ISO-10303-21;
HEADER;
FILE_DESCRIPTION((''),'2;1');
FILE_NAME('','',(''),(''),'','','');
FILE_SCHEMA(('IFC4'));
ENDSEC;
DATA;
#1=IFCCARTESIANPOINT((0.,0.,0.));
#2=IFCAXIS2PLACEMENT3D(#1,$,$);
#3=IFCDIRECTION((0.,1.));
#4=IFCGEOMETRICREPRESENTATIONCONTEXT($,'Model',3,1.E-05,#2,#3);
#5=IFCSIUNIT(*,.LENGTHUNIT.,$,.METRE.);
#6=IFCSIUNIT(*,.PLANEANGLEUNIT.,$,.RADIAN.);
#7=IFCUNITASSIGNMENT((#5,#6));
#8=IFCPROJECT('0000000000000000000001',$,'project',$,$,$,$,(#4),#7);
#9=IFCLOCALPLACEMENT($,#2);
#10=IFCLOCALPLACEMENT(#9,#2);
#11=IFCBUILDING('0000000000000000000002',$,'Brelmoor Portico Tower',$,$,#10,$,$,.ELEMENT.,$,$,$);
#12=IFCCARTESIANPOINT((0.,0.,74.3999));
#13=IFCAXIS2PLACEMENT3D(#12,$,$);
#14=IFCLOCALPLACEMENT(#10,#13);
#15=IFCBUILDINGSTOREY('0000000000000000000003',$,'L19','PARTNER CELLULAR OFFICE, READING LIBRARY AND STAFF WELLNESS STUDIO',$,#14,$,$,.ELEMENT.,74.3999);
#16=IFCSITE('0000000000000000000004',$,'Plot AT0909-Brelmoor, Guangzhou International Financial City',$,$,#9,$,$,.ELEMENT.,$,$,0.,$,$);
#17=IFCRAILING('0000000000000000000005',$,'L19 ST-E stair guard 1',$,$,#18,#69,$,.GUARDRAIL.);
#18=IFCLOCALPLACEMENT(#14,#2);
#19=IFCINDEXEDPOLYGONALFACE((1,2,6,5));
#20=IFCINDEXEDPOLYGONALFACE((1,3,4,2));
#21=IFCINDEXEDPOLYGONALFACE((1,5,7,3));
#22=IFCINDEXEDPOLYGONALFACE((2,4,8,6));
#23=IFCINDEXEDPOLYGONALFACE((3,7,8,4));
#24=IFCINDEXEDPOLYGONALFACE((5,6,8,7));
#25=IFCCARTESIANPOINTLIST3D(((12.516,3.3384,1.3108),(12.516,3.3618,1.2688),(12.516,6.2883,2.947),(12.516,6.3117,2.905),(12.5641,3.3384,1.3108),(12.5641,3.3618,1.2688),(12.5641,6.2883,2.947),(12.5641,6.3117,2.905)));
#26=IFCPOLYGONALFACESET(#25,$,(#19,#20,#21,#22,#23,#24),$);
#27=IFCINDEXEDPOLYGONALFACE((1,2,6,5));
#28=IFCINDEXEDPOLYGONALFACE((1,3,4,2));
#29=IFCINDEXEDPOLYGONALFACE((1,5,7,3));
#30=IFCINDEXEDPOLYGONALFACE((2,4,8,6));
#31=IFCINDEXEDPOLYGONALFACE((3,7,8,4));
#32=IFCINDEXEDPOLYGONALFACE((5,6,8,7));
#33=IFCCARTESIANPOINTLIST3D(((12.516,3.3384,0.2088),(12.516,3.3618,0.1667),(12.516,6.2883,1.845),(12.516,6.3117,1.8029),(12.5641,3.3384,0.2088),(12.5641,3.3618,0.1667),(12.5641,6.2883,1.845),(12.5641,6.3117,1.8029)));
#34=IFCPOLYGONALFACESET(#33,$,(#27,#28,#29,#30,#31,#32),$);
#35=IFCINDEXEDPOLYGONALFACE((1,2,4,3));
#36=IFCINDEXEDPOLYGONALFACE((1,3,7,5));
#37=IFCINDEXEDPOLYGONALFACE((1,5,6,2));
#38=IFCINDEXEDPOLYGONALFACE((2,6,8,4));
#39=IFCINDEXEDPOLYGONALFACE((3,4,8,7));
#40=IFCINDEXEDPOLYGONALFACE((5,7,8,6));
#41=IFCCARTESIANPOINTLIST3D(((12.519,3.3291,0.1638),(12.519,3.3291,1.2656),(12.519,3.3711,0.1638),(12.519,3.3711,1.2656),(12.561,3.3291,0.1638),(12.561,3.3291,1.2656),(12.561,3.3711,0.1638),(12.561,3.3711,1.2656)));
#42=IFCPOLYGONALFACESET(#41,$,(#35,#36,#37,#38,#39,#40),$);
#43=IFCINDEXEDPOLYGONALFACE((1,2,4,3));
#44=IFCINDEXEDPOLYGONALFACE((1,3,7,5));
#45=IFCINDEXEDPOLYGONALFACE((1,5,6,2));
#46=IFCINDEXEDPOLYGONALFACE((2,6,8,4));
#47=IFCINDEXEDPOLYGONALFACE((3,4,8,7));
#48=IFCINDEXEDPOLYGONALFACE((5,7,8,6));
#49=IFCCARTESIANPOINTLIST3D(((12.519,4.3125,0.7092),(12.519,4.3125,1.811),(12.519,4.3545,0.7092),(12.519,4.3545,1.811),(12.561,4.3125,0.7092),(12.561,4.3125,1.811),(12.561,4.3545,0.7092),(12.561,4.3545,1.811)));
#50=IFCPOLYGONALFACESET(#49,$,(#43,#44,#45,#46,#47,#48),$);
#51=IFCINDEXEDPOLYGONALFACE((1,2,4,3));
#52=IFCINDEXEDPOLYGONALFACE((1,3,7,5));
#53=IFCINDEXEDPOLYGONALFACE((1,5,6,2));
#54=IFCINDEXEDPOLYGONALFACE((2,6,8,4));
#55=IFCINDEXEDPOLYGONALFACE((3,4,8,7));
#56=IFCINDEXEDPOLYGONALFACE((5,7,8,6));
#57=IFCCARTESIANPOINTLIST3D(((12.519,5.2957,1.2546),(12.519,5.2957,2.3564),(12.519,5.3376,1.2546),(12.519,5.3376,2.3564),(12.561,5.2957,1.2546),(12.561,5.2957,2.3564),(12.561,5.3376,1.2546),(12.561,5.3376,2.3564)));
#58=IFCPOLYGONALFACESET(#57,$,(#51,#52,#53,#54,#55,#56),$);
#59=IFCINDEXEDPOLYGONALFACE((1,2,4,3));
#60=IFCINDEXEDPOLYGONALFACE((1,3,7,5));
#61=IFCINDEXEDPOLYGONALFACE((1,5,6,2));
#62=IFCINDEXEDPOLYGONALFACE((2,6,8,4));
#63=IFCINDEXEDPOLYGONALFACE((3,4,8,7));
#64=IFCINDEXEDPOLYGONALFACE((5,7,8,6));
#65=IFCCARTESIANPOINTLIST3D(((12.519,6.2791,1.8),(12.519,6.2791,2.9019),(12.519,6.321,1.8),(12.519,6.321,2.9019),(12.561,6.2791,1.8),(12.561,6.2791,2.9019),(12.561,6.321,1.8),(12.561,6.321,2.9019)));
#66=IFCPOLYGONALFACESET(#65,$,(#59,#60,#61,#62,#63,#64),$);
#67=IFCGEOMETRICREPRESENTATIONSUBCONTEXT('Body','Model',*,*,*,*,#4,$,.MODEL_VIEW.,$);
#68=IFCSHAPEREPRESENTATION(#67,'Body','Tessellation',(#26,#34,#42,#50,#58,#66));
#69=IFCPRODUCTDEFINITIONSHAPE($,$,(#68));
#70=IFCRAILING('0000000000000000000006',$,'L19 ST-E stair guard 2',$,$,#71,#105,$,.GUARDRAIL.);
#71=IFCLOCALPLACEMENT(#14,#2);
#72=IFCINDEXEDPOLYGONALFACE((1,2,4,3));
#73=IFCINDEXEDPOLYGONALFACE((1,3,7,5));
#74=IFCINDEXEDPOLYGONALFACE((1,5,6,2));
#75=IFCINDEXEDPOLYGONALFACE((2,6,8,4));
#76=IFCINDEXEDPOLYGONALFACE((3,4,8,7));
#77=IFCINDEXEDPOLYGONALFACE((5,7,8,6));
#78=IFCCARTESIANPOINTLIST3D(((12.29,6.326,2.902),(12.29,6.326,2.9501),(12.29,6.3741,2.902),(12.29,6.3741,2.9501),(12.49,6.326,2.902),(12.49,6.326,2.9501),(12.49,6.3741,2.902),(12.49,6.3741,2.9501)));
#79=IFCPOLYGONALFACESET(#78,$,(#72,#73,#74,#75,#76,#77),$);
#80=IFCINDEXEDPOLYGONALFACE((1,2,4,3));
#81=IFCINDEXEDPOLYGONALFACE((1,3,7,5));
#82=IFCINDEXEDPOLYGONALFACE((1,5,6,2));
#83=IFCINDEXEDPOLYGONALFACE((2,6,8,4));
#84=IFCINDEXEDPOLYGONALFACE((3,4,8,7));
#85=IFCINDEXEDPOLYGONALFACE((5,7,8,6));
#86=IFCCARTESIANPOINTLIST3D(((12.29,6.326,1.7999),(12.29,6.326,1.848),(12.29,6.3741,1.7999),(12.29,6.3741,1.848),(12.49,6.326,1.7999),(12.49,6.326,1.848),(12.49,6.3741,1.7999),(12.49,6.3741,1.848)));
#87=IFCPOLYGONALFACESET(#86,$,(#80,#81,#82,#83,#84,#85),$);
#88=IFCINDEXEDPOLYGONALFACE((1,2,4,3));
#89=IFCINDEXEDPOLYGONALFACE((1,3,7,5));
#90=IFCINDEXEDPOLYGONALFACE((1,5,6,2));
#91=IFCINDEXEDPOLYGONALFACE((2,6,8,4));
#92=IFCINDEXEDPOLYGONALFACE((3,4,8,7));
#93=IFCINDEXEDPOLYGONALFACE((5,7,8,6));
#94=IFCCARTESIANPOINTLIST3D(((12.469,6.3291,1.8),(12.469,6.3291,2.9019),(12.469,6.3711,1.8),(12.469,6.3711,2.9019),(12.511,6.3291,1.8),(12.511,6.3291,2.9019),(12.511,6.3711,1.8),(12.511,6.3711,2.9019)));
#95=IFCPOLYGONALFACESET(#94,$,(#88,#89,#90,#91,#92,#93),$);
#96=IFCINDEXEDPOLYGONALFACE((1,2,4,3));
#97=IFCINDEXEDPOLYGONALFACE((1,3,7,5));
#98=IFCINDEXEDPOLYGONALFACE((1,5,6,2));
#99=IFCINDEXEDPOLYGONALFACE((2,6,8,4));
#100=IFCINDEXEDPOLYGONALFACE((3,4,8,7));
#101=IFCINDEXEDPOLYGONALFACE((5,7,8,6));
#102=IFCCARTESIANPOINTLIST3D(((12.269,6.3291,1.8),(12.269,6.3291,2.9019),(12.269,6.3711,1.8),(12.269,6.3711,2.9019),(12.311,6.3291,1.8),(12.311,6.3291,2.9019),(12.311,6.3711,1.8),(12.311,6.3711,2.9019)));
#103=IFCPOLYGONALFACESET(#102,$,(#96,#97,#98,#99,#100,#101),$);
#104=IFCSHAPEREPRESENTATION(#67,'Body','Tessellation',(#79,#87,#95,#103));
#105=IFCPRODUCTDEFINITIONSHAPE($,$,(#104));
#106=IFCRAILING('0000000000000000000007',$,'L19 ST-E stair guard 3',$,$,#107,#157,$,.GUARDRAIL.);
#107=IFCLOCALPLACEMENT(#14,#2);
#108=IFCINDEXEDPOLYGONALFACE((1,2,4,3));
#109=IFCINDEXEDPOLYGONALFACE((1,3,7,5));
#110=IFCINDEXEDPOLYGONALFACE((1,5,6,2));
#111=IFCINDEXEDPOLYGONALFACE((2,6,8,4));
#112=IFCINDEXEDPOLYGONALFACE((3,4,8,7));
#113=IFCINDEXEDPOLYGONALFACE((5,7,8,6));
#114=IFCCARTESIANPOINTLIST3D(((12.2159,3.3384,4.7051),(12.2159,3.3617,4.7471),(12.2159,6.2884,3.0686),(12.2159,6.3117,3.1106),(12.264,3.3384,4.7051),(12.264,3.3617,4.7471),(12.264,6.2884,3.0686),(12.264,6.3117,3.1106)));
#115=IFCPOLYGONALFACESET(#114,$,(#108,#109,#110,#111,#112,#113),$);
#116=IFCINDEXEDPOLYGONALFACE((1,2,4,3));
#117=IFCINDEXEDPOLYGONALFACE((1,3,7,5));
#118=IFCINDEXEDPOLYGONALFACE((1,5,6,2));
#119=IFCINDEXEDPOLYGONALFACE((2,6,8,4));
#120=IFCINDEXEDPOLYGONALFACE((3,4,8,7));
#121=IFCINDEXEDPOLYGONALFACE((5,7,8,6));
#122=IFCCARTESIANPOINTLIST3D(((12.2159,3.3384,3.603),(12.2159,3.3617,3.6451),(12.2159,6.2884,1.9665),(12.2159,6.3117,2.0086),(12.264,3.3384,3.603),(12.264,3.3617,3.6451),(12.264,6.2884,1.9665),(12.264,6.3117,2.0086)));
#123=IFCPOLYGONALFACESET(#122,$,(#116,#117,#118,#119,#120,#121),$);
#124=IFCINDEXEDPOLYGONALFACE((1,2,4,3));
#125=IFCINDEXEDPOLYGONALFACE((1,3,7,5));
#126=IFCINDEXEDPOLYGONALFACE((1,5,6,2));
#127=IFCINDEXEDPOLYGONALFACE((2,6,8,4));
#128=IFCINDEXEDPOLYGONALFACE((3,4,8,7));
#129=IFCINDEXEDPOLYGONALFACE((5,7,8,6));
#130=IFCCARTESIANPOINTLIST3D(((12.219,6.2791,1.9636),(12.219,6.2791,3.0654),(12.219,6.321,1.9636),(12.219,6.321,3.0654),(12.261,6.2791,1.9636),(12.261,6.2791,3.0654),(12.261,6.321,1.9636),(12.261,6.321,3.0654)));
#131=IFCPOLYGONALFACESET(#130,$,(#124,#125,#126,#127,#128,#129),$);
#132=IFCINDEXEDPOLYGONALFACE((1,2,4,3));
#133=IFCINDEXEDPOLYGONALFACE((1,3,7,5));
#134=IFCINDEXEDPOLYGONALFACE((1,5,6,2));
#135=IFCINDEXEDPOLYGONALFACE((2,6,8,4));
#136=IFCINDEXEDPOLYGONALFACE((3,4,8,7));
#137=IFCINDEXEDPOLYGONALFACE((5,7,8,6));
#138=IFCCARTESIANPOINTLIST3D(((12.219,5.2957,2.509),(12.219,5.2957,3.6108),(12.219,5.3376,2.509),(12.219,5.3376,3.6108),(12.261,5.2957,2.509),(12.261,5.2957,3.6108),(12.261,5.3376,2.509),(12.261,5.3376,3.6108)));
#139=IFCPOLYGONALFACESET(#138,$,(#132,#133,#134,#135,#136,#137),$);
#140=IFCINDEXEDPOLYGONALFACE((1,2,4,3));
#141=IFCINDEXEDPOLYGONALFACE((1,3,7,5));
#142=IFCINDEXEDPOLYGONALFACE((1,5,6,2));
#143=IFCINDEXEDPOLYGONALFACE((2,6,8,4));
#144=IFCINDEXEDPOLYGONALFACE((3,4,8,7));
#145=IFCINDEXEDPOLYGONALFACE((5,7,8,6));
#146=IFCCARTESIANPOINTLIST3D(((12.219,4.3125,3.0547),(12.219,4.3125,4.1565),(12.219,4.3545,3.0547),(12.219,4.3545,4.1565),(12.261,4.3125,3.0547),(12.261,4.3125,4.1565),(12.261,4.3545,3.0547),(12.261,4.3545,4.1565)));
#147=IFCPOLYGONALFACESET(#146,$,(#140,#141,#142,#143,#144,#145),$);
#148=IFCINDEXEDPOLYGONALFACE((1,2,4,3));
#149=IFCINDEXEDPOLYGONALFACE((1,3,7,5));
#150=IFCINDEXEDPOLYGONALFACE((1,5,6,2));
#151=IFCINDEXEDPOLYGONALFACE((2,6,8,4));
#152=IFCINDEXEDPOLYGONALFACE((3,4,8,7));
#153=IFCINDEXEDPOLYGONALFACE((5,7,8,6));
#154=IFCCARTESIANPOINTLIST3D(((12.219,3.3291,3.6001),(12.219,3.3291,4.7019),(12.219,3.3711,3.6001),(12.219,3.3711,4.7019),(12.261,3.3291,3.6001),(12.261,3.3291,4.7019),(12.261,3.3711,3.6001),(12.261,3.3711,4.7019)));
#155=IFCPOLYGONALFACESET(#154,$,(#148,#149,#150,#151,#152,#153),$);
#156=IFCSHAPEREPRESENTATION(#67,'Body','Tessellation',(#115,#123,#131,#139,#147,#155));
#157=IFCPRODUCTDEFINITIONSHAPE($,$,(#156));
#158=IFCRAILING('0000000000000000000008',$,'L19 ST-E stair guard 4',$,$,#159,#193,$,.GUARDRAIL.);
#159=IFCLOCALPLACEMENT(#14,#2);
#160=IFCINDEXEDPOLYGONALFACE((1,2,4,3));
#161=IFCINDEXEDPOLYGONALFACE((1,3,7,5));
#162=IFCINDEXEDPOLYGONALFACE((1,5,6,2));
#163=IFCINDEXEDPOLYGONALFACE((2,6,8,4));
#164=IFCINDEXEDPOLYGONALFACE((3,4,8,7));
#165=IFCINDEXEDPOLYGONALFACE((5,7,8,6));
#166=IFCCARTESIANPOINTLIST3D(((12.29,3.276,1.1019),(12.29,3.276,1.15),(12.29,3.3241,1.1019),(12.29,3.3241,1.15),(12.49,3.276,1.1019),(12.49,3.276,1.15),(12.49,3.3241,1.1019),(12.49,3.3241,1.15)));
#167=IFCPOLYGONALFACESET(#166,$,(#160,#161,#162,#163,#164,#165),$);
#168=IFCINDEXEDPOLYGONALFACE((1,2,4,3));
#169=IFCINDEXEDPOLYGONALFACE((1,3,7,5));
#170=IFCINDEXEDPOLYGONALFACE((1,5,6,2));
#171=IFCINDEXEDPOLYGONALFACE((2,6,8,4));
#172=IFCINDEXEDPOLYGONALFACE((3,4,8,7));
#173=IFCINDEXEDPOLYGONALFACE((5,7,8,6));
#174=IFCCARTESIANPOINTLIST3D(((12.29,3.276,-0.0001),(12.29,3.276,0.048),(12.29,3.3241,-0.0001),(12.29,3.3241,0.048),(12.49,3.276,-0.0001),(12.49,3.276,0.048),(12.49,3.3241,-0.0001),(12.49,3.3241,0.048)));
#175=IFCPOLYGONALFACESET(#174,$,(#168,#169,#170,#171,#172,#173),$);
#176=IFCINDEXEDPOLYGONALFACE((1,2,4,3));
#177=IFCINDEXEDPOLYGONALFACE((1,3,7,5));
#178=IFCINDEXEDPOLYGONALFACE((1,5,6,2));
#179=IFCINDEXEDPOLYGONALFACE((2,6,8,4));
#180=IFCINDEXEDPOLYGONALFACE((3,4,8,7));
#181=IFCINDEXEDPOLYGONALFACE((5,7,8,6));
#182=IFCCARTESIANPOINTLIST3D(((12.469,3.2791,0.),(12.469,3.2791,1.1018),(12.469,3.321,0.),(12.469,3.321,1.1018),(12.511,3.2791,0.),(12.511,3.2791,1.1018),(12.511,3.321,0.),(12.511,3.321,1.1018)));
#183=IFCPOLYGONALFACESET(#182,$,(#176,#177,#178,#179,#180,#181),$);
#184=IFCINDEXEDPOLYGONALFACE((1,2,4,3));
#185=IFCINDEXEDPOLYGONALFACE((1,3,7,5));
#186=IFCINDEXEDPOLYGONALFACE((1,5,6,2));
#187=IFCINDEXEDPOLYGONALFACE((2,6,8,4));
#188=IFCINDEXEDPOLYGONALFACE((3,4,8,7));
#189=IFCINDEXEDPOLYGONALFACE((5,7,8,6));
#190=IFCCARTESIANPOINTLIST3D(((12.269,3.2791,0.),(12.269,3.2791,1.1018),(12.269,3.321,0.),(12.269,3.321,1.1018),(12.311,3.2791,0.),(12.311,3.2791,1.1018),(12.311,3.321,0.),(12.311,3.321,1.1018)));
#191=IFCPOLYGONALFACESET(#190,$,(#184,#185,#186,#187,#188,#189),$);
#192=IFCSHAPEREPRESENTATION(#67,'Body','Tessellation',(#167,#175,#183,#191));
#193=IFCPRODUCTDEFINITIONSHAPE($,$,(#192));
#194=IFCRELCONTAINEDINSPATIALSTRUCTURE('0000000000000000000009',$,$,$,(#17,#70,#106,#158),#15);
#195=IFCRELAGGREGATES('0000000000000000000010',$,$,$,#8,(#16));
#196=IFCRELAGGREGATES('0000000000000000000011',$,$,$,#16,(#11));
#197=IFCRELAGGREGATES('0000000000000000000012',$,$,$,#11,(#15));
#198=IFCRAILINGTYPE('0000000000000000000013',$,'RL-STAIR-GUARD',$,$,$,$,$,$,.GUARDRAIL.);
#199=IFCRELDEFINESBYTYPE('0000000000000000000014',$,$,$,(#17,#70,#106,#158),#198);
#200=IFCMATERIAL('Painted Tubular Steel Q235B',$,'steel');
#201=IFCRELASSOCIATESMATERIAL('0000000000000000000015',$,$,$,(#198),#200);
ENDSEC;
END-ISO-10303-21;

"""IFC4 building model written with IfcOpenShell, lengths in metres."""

from ifc_helpers import new_model, si_unit, direction, frame, origin, origin_2d, place, context, subcontext, project, spatial, rectangle, extrude, material, type_object, element, save


model = new_model("IFC4")

# Units and contexts
model_context = context("Model", 3, precision=1e-05, world=origin(), true_north=direction((0.0, 1.0)))
body_context = subcontext(model_context, "Body", "Model", "MODEL_VIEW")
ifc_project = project(units=[si_unit("LENGTHUNIT", "METRE"), si_unit("PLANEANGLEUNIT", "RADIAN")], contexts=[model_context])

# Site, building, storey
site_placement = place(None, origin())
site = spatial("IfcSite", under=ifc_project, at=site_placement, Name="Plot AT0909-Brelmoor, Guangzhou International Financial City", CompositionType="ELEMENT", RefElevation=0.0)
building_placement = place(site_placement, origin())
building = spatial("IfcBuilding", under=site, at=building_placement, Name="Brelmoor Portico Tower", CompositionType="ELEMENT")
storey_placement = place(building_placement, frame((0.0, 0.0, 74.3999)))
storey = spatial("IfcBuildingStorey", under=building, at=storey_placement, Name="L19", Description="PARTNER CELLULAR OFFICE, READING LIBRARY AND STAFF WELLNESS STUDIO", CompositionType="ELEMENT", Elevation=74.3999)

# Railings
ifc_material_1 = material(Name="Painted Tubular Steel Q235B", Category="steel")
railing_type_1 = type_object("IfcRailingType", Name="RL-STAIR-GUARD", PredefinedType="GUARDRAIL", material=ifc_material_1)
railing_1_placement = place(storey_placement, frame((12.54, 3.3501, 0.1638)))
element("IfcRailing", 1, at=railing_1_placement, inside=storey, type_object=railing_type_1, Name="L19 ST-E stair guard 1", PredefinedType="GUARDRAIL", context=body_context, shape_type="SweptSolid", body=[
    extrude(rectangle(XDim=0.0481, YDim=0.0481, at=origin_2d()), frame((0.0, 0.0, 1.126), z_axis=(0.0, 0.874488, 0.485047), x_axis=(-1.0, 0.0, 0.0)), (0.0, 0.0, 1.0), 3.3733),
    extrude(rectangle(XDim=0.0481, YDim=0.0481, at=origin_2d()), frame((0.0, 0.0, 0.0239), z_axis=(0.0, 0.874488, 0.485047), x_axis=(-1.0, 0.0, 0.0)), (0.0, 0.0, 1.0), 3.3733),
    extrude(rectangle(XDim=0.042, YDim=0.042, at=origin_2d()), origin(), (0.0, 0.0, 1.0), 1.1018),
    extrude(rectangle(XDim=0.042, YDim=0.042, at=origin_2d()), frame((0.0, 0.9834, 0.5454)), (0.0, 0.0, 1.0), 1.1018),
    extrude(rectangle(XDim=0.042, YDim=0.042, at=origin_2d()), frame((0.0, 1.9666, 1.0908)), (0.0, 0.0, 1.0), 1.1018),
    extrude(rectangle(XDim=0.042, YDim=0.042, at=origin_2d()), frame((0.0, 2.95, 1.6362)), (0.0, 0.0, 1.0), 1.1018),
])
railing_2_placement = place(storey_placement, frame((12.49, 6.3501, 1.8)))
element("IfcRailing", 2, at=railing_2_placement, inside=storey, type_object=railing_type_1, Name="L19 ST-E stair guard 2", PredefinedType="GUARDRAIL", context=body_context, shape_type="SweptSolid", body=[
    extrude(rectangle(XDim=0.0481, YDim=0.0481, at=origin_2d()), frame((0.0, 0.0, 1.126), z_axis=(-1.0, 0.0, 0.0), x_axis=(0.0, -1.0, 0.0)), (0.0, 0.0, 1.0), 0.2),
    extrude(rectangle(XDim=0.0481, YDim=0.0481, at=origin_2d()), frame((0.0, 0.0, 0.0239), z_axis=(-1.0, 0.0, 0.0), x_axis=(0.0, -1.0, 0.0)), (0.0, 0.0, 1.0), 0.2),
    extrude(rectangle(XDim=0.042, YDim=0.042, at=origin_2d()), origin(), (0.0, 0.0, 1.0), 1.1018),
    extrude(rectangle(XDim=0.042, YDim=0.042, at=origin_2d()), frame((-0.2, 0.0, 0.0)), (0.0, 0.0, 1.0), 1.1018),
])
railing_3_placement = place(storey_placement, frame((12.24, 6.3, 1.9636)))
element("IfcRailing", 3, at=railing_3_placement, inside=storey, type_object=railing_type_1, Name="L19 ST-E stair guard 3", PredefinedType="GUARDRAIL", context=body_context, shape_type="SweptSolid", body=[
    extrude(rectangle(XDim=0.0481, YDim=0.0481, at=origin_2d()), frame((0.0, 0.0, 1.126), z_axis=(0.0, -0.874458, 0.485102), x_axis=(1.0, 0.0, 0.0)), (0.0, 0.0, 1.0), 3.3735),
    extrude(rectangle(XDim=0.0481, YDim=0.0481, at=origin_2d()), frame((0.0, 0.0, 0.0239), z_axis=(0.0, -0.874458, 0.485102), x_axis=(1.0, 0.0, 0.0)), (0.0, 0.0, 1.0), 3.3735),
    extrude(rectangle(XDim=0.042, YDim=0.042, at=origin_2d()), origin(), (0.0, 0.0, 1.0), 1.1018),
    extrude(rectangle(XDim=0.042, YDim=0.042, at=origin_2d()), frame((0.0, -0.9834, 0.5454)), (0.0, 0.0, 1.0), 1.1018),
    extrude(rectangle(XDim=0.042, YDim=0.042, at=origin_2d()), frame((0.0, -1.9666, 1.0911)), (0.0, 0.0, 1.0), 1.1018),
    extrude(rectangle(XDim=0.042, YDim=0.042, at=origin_2d()), frame((0.0, -2.95, 1.6365)), (0.0, 0.0, 1.0), 1.1018),
])
railing_4_placement = place(storey_placement, frame((12.49, 3.3, 0.0)))
element("IfcRailing", 4, at=railing_4_placement, inside=storey, type_object=railing_type_1, Name="L19 ST-E stair guard 4", PredefinedType="GUARDRAIL", context=body_context, shape_type="SweptSolid", body=[
    extrude(rectangle(XDim=0.0481, YDim=0.0481, at=origin_2d()), frame((0.0, 0.0, 1.126), z_axis=(-1.0, 0.0, 0.0), x_axis=(0.0, -1.0, 0.0)), (0.0, 0.0, 1.0), 0.2),
    extrude(rectangle(XDim=0.0481, YDim=0.0481, at=origin_2d()), frame((0.0, 0.0, 0.0239), z_axis=(-1.0, 0.0, 0.0), x_axis=(0.0, -1.0, 0.0)), (0.0, 0.0, 1.0), 0.2),
    extrude(rectangle(XDim=0.042, YDim=0.042, at=origin_2d()), origin(), (0.0, 0.0, 1.0), 1.1018),
    extrude(rectangle(XDim=0.042, YDim=0.042, at=origin_2d()), frame((-0.2, 0.0, 0.0)), (0.0, 0.0, 1.0), 1.1018),
])

save(model, "model.ifc")
